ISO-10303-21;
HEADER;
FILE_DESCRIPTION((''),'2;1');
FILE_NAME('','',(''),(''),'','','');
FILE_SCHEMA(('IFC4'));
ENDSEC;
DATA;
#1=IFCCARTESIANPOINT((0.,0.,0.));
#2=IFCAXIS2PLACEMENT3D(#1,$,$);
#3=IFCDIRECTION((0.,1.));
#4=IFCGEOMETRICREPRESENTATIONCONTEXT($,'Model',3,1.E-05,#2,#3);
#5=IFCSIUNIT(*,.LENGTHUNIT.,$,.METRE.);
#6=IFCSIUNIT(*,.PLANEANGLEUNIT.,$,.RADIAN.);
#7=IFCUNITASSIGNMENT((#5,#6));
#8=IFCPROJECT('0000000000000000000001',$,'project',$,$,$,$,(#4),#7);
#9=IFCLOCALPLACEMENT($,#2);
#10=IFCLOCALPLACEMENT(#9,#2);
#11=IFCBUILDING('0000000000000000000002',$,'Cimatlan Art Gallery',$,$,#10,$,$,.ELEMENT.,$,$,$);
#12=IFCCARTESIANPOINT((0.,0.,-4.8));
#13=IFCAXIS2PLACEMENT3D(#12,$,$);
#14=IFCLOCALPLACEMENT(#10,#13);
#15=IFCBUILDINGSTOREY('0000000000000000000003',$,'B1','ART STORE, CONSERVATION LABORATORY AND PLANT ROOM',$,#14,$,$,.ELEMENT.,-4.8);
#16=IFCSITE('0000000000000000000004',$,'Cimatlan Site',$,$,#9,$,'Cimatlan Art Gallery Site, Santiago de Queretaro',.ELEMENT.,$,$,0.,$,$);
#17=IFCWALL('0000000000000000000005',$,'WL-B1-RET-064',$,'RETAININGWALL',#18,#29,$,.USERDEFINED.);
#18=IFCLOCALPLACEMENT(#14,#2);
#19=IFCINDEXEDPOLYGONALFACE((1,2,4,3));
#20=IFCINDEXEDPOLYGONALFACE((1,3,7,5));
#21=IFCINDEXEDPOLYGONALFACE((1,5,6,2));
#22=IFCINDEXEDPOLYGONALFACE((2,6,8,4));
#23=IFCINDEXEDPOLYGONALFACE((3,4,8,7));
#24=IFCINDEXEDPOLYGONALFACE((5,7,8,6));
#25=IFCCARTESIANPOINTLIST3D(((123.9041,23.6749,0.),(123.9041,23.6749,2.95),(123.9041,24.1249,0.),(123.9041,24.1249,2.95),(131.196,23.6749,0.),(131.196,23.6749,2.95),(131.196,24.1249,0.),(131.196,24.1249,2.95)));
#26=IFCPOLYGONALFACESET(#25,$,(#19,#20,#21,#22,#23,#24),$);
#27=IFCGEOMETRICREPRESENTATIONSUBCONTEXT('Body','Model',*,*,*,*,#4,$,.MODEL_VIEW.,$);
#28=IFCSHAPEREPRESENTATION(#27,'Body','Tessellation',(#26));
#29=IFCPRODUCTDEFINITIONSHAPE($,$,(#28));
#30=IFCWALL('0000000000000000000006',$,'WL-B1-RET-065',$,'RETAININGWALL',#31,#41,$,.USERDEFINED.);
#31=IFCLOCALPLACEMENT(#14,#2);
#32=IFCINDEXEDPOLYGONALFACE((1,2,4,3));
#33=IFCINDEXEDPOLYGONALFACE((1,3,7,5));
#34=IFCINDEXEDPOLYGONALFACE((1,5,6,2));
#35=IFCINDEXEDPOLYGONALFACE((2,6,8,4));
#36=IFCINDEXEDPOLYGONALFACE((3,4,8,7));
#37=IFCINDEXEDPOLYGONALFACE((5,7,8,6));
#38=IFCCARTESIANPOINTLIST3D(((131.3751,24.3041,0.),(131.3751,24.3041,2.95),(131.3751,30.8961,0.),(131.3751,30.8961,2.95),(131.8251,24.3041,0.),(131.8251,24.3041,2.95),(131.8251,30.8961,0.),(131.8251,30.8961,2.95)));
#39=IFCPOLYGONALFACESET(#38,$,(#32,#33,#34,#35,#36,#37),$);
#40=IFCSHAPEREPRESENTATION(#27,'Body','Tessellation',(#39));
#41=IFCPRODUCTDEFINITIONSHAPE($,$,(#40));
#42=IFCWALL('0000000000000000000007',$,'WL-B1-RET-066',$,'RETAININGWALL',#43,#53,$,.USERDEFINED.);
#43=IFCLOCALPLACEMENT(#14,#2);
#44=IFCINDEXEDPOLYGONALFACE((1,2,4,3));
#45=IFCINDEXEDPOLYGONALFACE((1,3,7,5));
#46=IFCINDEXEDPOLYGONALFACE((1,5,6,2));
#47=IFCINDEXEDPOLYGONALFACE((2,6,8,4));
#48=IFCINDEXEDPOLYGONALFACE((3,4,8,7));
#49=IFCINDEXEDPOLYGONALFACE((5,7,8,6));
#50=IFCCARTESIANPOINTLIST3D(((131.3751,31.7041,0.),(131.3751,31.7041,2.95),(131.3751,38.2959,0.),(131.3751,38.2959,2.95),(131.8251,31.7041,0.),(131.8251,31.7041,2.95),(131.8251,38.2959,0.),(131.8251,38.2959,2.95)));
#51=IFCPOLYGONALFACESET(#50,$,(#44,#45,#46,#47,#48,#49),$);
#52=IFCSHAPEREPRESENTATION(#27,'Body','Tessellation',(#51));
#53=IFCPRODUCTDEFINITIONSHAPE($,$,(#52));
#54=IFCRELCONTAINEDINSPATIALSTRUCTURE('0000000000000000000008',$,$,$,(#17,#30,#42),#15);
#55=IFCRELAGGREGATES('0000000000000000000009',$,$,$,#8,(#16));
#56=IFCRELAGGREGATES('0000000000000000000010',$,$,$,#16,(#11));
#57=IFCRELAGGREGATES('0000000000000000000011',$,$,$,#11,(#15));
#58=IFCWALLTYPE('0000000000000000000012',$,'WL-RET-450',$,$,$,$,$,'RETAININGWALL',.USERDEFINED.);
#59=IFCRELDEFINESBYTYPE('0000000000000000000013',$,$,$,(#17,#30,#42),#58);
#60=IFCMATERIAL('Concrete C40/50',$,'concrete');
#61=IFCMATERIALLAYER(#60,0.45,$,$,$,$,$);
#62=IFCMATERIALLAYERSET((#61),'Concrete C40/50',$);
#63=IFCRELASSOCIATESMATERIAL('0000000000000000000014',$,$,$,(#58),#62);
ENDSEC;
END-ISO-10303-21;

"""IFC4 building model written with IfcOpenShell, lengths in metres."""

from ifc_helpers import new_model, si_unit, direction, frame, frame_2d, origin, place, context, subcontext, project, spatial, rectangle, extrude, material, layer, layer_set, type_object, element, save


model = new_model("IFC4")

# Units and contexts
model_context = context("Model", 3, precision=1e-05, world=origin(), true_north=direction((0.0, 1.0)))
body_context = subcontext(model_context, "Body", "Model", "MODEL_VIEW")
ifc_project = project(units=[si_unit("LENGTHUNIT", "METRE"), si_unit("PLANEANGLEUNIT", "RADIAN")], contexts=[model_context])

# Site, building, storey
site_placement = place(None, origin())
site = spatial("IfcSite", under=ifc_project, at=site_placement, Name="Cimatlan Site", LongName="Cimatlan Art Gallery Site, Santiago de Queretaro", CompositionType="ELEMENT", RefElevation=0.0)
building_placement = place(site_placement, origin())
building = spatial("IfcBuilding", under=site, at=building_placement, Name="Cimatlan Art Gallery", CompositionType="ELEMENT")
storey_placement = place(building_placement, frame((0.0, 0.0, -4.8)))
storey = spatial("IfcBuildingStorey", under=building, at=storey_placement, Name="B1", Description="ART STORE, CONSERVATION LABORATORY AND PLANT ROOM", CompositionType="ELEMENT", Elevation=-4.8)

# Shared definitions
ifc_material_1 = material(Name="Concrete C40/50", Category="concrete")

# Walls
ifc_layer_1 = layer(ifc_material_1, 0.45)
ifc_layer_set_1 = layer_set([ifc_layer_1], Name="Concrete C40/50")
wall_type_1 = type_object("IfcWallType", Name="WL-RET-450", ElementType="RETAININGWALL", PredefinedType="USERDEFINED", material=ifc_layer_set_1)
wall_1_placement = place(storey_placement, frame((131.196, 23.8999, 0.0), z_axis=(0.0, 0.0, 1.0), x_axis=(-1.0, 0.0, 0.0)))
element("IfcWall", 1, at=wall_1_placement, inside=storey, type_object=wall_type_1, Name="WL-B1-RET-064", ObjectType="RETAININGWALL", PredefinedType="USERDEFINED", context=body_context, shape_type="SweptSolid", body=[
    extrude(rectangle(XDim=7.292, YDim=0.45, at=frame_2d((3.646, 0.0))), origin(), (0.0, 0.0, 1.0), 2.95),
])
wall_2_placement = place(storey_placement, frame((131.6001, 30.896, 0.0), z_axis=(0.0, 0.0, 1.0), x_axis=(0.0, -1.0, 0.0)))
element("IfcWall", 2, at=wall_2_placement, inside=storey, type_object=wall_type_1, Name="WL-B1-RET-065", ObjectType="RETAININGWALL", PredefinedType="USERDEFINED", context=body_context, shape_type="SweptSolid", body=[
    extrude(rectangle(XDim=6.592, YDim=0.45, at=frame_2d((3.2959, 0.0))), origin(), (0.0, 0.0, 1.0), 2.95),
])
wall_3_placement = place(storey_placement, frame((131.6001, 38.2959, 0.0), z_axis=(0.0, 0.0, 1.0), x_axis=(0.0, -1.0, 0.0)))
element("IfcWall", 3, at=wall_3_placement, inside=storey, type_object=wall_type_1, Name="WL-B1-RET-066", ObjectType="RETAININGWALL", PredefinedType="USERDEFINED", context=body_context, shape_type="SweptSolid", body=[
    extrude(rectangle(XDim=6.5918, YDim=0.45, at=frame_2d((3.2959, 0.0))), origin(), (0.0, 0.0, 1.0), 2.95),
])

save(model, "model.ifc")
